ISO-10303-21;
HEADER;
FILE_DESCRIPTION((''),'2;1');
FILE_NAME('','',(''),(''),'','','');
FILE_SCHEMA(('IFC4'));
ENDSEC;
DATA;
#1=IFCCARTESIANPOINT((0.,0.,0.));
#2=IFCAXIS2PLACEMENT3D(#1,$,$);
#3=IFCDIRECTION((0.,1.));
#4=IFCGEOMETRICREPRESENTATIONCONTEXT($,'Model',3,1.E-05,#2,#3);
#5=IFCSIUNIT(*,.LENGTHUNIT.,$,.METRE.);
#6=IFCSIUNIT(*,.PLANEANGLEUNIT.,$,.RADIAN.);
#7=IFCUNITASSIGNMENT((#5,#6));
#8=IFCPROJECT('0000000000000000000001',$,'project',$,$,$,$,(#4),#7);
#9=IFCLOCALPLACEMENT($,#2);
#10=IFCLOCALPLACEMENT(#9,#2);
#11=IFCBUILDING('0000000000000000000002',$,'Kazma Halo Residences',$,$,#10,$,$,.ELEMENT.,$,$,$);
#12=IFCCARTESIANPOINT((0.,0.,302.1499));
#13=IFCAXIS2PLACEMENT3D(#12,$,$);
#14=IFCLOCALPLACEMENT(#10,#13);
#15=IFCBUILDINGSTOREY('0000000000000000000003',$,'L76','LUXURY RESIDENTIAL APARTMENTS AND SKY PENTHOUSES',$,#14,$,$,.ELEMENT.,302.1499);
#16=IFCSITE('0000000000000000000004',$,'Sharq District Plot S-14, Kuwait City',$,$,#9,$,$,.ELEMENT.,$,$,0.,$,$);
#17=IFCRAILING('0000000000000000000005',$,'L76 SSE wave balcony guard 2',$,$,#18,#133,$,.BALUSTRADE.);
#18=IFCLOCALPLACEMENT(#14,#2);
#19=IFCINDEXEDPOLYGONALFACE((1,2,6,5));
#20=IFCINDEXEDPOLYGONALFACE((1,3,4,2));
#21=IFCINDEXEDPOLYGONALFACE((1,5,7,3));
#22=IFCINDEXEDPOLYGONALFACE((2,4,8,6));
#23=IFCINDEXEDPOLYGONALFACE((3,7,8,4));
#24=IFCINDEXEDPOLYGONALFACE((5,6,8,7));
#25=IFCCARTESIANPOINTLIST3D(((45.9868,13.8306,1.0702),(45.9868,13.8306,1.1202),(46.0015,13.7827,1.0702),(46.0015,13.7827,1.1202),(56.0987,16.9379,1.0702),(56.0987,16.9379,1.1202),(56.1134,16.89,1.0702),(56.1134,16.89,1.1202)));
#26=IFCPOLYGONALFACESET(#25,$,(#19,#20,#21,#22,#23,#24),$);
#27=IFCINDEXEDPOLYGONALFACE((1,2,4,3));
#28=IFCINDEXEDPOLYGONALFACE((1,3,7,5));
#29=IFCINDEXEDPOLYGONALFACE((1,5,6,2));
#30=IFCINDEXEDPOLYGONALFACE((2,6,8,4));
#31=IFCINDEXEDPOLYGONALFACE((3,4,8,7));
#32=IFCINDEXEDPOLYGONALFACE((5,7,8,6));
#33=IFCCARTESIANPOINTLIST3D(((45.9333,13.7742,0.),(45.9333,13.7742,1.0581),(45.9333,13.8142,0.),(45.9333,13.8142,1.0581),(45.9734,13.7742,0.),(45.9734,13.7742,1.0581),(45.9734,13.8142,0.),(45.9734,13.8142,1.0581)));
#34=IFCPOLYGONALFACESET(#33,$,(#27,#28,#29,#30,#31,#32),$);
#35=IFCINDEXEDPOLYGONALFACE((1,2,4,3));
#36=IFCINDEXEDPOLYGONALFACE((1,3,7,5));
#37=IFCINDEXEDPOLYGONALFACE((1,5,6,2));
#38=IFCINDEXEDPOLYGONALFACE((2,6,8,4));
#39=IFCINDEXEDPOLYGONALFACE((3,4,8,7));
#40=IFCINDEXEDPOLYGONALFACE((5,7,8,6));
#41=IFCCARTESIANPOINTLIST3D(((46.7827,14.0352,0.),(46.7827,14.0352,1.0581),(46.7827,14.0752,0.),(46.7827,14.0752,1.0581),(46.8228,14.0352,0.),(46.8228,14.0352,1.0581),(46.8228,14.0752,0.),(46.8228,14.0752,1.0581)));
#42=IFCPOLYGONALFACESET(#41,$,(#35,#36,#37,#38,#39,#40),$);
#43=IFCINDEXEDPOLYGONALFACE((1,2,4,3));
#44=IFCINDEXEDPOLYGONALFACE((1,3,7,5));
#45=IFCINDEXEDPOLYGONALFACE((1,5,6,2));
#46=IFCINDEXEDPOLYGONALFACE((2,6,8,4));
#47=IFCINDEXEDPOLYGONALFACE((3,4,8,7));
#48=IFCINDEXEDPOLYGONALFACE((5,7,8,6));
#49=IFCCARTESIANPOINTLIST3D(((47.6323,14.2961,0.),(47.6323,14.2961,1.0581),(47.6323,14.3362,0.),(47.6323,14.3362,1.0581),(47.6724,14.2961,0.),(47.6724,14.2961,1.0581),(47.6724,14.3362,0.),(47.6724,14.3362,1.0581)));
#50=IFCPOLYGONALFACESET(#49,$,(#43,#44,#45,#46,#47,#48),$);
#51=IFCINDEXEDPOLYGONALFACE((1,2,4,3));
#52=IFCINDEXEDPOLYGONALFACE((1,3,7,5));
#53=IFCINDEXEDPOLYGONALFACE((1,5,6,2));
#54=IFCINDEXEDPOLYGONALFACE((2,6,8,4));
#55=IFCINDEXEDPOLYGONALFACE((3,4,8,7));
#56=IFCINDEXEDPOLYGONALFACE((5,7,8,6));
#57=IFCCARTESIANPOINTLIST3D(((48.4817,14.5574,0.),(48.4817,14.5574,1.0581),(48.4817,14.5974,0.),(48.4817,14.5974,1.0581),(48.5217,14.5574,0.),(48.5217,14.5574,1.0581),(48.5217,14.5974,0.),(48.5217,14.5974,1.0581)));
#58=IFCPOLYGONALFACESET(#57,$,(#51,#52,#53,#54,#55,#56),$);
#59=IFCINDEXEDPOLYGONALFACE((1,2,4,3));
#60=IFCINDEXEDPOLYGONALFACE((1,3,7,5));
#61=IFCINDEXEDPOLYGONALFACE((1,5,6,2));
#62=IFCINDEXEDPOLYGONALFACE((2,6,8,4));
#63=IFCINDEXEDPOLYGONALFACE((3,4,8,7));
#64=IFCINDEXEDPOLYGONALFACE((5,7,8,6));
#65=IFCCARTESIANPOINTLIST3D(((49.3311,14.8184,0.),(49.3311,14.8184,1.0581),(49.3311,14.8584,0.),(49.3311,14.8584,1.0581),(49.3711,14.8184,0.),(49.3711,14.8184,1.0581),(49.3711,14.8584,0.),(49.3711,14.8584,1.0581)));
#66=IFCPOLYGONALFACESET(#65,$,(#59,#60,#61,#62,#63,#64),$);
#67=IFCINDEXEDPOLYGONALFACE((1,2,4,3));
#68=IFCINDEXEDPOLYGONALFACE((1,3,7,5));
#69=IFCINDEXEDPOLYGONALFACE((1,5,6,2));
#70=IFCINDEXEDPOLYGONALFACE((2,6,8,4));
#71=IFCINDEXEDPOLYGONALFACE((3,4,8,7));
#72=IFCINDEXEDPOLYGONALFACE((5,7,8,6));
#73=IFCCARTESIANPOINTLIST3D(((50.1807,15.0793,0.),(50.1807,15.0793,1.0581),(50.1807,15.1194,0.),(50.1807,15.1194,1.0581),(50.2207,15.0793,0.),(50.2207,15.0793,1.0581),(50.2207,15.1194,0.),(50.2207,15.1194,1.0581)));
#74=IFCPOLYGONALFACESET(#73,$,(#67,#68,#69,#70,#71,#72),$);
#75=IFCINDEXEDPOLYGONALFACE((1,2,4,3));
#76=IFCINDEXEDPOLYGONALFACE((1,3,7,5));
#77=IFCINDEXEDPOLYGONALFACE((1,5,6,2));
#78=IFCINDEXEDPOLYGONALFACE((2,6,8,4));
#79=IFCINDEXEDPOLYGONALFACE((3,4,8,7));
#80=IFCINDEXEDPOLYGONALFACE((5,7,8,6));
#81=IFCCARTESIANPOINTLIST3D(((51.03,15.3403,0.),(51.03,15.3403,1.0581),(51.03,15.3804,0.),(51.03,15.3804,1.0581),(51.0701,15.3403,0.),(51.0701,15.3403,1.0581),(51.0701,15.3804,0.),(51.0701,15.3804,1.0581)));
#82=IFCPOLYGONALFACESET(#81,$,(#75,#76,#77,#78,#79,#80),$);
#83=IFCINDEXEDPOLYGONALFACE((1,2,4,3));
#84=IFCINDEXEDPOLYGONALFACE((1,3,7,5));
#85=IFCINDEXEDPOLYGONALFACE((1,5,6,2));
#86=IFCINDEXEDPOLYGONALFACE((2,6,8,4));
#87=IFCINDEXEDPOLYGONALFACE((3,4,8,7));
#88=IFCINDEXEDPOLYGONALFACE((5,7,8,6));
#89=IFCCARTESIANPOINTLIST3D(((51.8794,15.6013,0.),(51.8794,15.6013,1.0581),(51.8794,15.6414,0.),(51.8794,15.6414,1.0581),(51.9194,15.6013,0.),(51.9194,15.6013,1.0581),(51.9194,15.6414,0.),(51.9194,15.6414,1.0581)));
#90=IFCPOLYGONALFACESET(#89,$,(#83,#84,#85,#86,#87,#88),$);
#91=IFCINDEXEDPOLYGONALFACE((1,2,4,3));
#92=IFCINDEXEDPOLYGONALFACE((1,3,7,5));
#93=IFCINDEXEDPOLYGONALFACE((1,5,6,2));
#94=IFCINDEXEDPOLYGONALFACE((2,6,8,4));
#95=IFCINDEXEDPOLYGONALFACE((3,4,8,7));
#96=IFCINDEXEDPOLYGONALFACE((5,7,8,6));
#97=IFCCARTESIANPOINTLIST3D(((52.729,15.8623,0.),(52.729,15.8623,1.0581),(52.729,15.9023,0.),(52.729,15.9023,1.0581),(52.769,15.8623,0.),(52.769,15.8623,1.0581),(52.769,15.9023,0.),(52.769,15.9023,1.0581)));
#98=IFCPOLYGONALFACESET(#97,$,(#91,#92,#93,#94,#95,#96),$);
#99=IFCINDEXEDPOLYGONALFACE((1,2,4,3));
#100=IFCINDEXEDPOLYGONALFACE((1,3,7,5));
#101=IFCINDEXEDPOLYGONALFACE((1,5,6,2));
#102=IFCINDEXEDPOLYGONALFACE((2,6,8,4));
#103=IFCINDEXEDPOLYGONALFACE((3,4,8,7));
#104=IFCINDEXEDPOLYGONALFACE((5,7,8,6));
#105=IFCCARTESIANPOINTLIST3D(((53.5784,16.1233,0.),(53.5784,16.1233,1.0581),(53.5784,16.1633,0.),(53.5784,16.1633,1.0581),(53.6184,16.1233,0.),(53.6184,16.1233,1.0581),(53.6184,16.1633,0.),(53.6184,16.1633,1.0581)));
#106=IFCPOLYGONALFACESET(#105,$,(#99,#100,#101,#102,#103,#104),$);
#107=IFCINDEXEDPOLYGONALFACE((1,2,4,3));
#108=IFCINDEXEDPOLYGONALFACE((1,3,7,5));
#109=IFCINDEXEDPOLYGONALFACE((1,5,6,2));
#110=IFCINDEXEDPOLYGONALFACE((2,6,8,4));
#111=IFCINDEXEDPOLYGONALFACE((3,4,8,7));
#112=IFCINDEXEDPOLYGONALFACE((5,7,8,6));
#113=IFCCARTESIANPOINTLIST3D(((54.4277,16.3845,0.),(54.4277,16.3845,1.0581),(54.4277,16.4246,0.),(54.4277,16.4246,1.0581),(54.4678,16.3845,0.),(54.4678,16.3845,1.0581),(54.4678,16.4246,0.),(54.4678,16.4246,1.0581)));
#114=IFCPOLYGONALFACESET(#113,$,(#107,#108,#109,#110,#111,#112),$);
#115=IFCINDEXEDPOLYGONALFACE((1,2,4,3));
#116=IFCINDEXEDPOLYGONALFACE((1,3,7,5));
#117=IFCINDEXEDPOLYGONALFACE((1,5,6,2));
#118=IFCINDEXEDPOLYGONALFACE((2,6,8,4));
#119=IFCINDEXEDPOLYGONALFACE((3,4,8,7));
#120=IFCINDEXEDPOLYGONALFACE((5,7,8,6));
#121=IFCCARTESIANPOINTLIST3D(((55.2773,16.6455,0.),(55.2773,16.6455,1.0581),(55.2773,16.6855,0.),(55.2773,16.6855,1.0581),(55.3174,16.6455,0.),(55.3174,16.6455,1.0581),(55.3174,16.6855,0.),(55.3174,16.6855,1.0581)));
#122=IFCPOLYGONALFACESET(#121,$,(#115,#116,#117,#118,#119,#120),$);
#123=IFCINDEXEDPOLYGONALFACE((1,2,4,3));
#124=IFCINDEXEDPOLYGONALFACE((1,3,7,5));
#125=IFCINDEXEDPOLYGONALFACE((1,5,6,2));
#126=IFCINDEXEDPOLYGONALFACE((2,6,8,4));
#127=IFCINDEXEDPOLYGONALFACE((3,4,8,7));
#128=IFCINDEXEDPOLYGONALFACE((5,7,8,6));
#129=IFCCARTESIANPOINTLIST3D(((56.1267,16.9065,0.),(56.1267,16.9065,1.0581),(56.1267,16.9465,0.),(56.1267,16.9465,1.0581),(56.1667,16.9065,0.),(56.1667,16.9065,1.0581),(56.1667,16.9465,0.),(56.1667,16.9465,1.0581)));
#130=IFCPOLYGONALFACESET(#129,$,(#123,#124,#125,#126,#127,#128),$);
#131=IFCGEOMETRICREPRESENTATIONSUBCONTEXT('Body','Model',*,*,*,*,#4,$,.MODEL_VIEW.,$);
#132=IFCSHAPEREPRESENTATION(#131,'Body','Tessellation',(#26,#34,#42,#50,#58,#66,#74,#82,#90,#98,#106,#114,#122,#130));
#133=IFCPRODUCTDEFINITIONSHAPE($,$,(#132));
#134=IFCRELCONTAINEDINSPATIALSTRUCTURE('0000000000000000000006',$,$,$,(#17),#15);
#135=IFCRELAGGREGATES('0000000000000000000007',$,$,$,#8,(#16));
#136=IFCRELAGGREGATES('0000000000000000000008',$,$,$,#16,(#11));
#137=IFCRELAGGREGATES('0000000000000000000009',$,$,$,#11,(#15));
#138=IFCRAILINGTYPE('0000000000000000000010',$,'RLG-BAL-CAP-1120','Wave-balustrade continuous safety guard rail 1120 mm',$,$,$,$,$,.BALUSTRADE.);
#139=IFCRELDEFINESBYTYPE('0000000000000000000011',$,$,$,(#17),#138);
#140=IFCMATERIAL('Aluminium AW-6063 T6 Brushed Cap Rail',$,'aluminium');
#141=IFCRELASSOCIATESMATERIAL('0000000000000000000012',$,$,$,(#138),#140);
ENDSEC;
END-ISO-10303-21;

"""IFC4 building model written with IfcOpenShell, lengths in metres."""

from ifc_helpers import new_model, si_unit, direction, frame, origin, origin_2d, place, context, subcontext, project, spatial, rectangle, extrude, material, type_object, element, save


model = new_model("IFC4")

# Units and contexts
model_context = context("Model", 3, precision=1e-05, world=origin(), true_north=direction((0.0, 1.0)))
body_context = subcontext(model_context, "Body", "Model", "MODEL_VIEW")
ifc_project = project(units=[si_unit("LENGTHUNIT", "METRE"), si_unit("PLANEANGLEUNIT", "RADIAN")], contexts=[model_context])

# Site, building, storey
site_placement = place(None, origin())
site = spatial("IfcSite", under=ifc_project, at=site_placement, Name="Sharq District Plot S-14, Kuwait City", CompositionType="ELEMENT", RefElevation=0.0)
building_placement = place(site_placement, origin())
building = spatial("IfcBuilding", under=site, at=building_placement, Name="Kazma Halo Residences", CompositionType="ELEMENT")
storey_placement = place(building_placement, frame((0.0, 0.0, 302.1499)))
storey = spatial("IfcBuildingStorey", under=building, at=storey_placement, Name="L76", Description="LUXURY RESIDENTIAL APARTMENTS AND SKY PENTHOUSES", CompositionType="ELEMENT", Elevation=302.1499)

# Railing
ifc_material_1 = material(Name="Aluminium AW-6063 T6 Brushed Cap Rail", Category="aluminium")
railing_type = type_object("IfcRailingType", Name="RLG-BAL-CAP-1120", Description="Wave-balustrade continuous safety guard rail 1120 mm", PredefinedType="BALUSTRADE", material=ifc_material_1)
railing_1_placement = place(storey_placement, frame((45.9534, 13.7942, 0.0)))
element("IfcRailing", 1, at=railing_1_placement, inside=storey, type_object=railing_type, Name="L76 SSE wave balcony guard 2", PredefinedType="BALUSTRADE", context=body_context, shape_type="SweptSolid", body=[
    extrude(rectangle(XDim=0.05, YDim=0.05, at=origin_2d()), frame((0.0408, 0.0125, 1.0952), z_axis=(0.955887, 0.293735, 0.0), x_axis=(-0.293735, 0.955887, 0.0)), (0.0, 0.0, 1.0), 10.5786),
    extrude(rectangle(XDim=0.04, YDim=0.04, at=origin_2d()), origin(), (0.0, 0.0, 1.0), 1.0581),
    extrude(rectangle(XDim=0.04, YDim=0.04, at=origin_2d()), frame((0.8494, 0.261, 0.0)), (0.0, 0.0, 1.0), 1.0581),
    extrude(rectangle(XDim=0.04, YDim=0.04, at=origin_2d()), frame((1.699, 0.522, 0.0)), (0.0, 0.0, 1.0), 1.0581),
    extrude(rectangle(XDim=0.04, YDim=0.04, at=origin_2d()), frame((2.5483, 0.7832, 0.0)), (0.0, 0.0, 1.0), 1.0581),
    extrude(rectangle(XDim=0.04, YDim=0.04, at=origin_2d()), frame((3.3977, 1.0442, 0.0)), (0.0, 0.0, 1.0), 1.0581),
    extrude(rectangle(XDim=0.04, YDim=0.04, at=origin_2d()), frame((4.2473, 1.3052, 0.0)), (0.0, 0.0, 1.0), 1.0581),
    extrude(rectangle(XDim=0.04, YDim=0.04, at=origin_2d()), frame((5.0967, 1.5662, 0.0)), (0.0, 0.0, 1.0), 1.0581),
    extrude(rectangle(XDim=0.04, YDim=0.04, at=origin_2d()), frame((5.946, 1.8271, 0.0)), (0.0, 0.0, 1.0), 1.0581),
    extrude(rectangle(XDim=0.04, YDim=0.04, at=origin_2d()), frame((6.7957, 2.0881, 0.0)), (0.0, 0.0, 1.0), 1.0581),
    extrude(rectangle(XDim=0.04, YDim=0.04, at=origin_2d()), frame((7.645, 2.3491, 0.0)), (0.0, 0.0, 1.0), 1.0581),
    extrude(rectangle(XDim=0.04, YDim=0.04, at=origin_2d()), frame((8.4944, 2.6104, 0.0)), (0.0, 0.0, 1.0), 1.0581),
    extrude(rectangle(XDim=0.04, YDim=0.04, at=origin_2d()), frame((9.344, 2.8713, 0.0)), (0.0, 0.0, 1.0), 1.0581),
    extrude(rectangle(XDim=0.04, YDim=0.04, at=origin_2d()), frame((10.1934, 3.1323, 0.0)), (0.0, 0.0, 1.0), 1.0581),
])

save(model, "model.ifc")
